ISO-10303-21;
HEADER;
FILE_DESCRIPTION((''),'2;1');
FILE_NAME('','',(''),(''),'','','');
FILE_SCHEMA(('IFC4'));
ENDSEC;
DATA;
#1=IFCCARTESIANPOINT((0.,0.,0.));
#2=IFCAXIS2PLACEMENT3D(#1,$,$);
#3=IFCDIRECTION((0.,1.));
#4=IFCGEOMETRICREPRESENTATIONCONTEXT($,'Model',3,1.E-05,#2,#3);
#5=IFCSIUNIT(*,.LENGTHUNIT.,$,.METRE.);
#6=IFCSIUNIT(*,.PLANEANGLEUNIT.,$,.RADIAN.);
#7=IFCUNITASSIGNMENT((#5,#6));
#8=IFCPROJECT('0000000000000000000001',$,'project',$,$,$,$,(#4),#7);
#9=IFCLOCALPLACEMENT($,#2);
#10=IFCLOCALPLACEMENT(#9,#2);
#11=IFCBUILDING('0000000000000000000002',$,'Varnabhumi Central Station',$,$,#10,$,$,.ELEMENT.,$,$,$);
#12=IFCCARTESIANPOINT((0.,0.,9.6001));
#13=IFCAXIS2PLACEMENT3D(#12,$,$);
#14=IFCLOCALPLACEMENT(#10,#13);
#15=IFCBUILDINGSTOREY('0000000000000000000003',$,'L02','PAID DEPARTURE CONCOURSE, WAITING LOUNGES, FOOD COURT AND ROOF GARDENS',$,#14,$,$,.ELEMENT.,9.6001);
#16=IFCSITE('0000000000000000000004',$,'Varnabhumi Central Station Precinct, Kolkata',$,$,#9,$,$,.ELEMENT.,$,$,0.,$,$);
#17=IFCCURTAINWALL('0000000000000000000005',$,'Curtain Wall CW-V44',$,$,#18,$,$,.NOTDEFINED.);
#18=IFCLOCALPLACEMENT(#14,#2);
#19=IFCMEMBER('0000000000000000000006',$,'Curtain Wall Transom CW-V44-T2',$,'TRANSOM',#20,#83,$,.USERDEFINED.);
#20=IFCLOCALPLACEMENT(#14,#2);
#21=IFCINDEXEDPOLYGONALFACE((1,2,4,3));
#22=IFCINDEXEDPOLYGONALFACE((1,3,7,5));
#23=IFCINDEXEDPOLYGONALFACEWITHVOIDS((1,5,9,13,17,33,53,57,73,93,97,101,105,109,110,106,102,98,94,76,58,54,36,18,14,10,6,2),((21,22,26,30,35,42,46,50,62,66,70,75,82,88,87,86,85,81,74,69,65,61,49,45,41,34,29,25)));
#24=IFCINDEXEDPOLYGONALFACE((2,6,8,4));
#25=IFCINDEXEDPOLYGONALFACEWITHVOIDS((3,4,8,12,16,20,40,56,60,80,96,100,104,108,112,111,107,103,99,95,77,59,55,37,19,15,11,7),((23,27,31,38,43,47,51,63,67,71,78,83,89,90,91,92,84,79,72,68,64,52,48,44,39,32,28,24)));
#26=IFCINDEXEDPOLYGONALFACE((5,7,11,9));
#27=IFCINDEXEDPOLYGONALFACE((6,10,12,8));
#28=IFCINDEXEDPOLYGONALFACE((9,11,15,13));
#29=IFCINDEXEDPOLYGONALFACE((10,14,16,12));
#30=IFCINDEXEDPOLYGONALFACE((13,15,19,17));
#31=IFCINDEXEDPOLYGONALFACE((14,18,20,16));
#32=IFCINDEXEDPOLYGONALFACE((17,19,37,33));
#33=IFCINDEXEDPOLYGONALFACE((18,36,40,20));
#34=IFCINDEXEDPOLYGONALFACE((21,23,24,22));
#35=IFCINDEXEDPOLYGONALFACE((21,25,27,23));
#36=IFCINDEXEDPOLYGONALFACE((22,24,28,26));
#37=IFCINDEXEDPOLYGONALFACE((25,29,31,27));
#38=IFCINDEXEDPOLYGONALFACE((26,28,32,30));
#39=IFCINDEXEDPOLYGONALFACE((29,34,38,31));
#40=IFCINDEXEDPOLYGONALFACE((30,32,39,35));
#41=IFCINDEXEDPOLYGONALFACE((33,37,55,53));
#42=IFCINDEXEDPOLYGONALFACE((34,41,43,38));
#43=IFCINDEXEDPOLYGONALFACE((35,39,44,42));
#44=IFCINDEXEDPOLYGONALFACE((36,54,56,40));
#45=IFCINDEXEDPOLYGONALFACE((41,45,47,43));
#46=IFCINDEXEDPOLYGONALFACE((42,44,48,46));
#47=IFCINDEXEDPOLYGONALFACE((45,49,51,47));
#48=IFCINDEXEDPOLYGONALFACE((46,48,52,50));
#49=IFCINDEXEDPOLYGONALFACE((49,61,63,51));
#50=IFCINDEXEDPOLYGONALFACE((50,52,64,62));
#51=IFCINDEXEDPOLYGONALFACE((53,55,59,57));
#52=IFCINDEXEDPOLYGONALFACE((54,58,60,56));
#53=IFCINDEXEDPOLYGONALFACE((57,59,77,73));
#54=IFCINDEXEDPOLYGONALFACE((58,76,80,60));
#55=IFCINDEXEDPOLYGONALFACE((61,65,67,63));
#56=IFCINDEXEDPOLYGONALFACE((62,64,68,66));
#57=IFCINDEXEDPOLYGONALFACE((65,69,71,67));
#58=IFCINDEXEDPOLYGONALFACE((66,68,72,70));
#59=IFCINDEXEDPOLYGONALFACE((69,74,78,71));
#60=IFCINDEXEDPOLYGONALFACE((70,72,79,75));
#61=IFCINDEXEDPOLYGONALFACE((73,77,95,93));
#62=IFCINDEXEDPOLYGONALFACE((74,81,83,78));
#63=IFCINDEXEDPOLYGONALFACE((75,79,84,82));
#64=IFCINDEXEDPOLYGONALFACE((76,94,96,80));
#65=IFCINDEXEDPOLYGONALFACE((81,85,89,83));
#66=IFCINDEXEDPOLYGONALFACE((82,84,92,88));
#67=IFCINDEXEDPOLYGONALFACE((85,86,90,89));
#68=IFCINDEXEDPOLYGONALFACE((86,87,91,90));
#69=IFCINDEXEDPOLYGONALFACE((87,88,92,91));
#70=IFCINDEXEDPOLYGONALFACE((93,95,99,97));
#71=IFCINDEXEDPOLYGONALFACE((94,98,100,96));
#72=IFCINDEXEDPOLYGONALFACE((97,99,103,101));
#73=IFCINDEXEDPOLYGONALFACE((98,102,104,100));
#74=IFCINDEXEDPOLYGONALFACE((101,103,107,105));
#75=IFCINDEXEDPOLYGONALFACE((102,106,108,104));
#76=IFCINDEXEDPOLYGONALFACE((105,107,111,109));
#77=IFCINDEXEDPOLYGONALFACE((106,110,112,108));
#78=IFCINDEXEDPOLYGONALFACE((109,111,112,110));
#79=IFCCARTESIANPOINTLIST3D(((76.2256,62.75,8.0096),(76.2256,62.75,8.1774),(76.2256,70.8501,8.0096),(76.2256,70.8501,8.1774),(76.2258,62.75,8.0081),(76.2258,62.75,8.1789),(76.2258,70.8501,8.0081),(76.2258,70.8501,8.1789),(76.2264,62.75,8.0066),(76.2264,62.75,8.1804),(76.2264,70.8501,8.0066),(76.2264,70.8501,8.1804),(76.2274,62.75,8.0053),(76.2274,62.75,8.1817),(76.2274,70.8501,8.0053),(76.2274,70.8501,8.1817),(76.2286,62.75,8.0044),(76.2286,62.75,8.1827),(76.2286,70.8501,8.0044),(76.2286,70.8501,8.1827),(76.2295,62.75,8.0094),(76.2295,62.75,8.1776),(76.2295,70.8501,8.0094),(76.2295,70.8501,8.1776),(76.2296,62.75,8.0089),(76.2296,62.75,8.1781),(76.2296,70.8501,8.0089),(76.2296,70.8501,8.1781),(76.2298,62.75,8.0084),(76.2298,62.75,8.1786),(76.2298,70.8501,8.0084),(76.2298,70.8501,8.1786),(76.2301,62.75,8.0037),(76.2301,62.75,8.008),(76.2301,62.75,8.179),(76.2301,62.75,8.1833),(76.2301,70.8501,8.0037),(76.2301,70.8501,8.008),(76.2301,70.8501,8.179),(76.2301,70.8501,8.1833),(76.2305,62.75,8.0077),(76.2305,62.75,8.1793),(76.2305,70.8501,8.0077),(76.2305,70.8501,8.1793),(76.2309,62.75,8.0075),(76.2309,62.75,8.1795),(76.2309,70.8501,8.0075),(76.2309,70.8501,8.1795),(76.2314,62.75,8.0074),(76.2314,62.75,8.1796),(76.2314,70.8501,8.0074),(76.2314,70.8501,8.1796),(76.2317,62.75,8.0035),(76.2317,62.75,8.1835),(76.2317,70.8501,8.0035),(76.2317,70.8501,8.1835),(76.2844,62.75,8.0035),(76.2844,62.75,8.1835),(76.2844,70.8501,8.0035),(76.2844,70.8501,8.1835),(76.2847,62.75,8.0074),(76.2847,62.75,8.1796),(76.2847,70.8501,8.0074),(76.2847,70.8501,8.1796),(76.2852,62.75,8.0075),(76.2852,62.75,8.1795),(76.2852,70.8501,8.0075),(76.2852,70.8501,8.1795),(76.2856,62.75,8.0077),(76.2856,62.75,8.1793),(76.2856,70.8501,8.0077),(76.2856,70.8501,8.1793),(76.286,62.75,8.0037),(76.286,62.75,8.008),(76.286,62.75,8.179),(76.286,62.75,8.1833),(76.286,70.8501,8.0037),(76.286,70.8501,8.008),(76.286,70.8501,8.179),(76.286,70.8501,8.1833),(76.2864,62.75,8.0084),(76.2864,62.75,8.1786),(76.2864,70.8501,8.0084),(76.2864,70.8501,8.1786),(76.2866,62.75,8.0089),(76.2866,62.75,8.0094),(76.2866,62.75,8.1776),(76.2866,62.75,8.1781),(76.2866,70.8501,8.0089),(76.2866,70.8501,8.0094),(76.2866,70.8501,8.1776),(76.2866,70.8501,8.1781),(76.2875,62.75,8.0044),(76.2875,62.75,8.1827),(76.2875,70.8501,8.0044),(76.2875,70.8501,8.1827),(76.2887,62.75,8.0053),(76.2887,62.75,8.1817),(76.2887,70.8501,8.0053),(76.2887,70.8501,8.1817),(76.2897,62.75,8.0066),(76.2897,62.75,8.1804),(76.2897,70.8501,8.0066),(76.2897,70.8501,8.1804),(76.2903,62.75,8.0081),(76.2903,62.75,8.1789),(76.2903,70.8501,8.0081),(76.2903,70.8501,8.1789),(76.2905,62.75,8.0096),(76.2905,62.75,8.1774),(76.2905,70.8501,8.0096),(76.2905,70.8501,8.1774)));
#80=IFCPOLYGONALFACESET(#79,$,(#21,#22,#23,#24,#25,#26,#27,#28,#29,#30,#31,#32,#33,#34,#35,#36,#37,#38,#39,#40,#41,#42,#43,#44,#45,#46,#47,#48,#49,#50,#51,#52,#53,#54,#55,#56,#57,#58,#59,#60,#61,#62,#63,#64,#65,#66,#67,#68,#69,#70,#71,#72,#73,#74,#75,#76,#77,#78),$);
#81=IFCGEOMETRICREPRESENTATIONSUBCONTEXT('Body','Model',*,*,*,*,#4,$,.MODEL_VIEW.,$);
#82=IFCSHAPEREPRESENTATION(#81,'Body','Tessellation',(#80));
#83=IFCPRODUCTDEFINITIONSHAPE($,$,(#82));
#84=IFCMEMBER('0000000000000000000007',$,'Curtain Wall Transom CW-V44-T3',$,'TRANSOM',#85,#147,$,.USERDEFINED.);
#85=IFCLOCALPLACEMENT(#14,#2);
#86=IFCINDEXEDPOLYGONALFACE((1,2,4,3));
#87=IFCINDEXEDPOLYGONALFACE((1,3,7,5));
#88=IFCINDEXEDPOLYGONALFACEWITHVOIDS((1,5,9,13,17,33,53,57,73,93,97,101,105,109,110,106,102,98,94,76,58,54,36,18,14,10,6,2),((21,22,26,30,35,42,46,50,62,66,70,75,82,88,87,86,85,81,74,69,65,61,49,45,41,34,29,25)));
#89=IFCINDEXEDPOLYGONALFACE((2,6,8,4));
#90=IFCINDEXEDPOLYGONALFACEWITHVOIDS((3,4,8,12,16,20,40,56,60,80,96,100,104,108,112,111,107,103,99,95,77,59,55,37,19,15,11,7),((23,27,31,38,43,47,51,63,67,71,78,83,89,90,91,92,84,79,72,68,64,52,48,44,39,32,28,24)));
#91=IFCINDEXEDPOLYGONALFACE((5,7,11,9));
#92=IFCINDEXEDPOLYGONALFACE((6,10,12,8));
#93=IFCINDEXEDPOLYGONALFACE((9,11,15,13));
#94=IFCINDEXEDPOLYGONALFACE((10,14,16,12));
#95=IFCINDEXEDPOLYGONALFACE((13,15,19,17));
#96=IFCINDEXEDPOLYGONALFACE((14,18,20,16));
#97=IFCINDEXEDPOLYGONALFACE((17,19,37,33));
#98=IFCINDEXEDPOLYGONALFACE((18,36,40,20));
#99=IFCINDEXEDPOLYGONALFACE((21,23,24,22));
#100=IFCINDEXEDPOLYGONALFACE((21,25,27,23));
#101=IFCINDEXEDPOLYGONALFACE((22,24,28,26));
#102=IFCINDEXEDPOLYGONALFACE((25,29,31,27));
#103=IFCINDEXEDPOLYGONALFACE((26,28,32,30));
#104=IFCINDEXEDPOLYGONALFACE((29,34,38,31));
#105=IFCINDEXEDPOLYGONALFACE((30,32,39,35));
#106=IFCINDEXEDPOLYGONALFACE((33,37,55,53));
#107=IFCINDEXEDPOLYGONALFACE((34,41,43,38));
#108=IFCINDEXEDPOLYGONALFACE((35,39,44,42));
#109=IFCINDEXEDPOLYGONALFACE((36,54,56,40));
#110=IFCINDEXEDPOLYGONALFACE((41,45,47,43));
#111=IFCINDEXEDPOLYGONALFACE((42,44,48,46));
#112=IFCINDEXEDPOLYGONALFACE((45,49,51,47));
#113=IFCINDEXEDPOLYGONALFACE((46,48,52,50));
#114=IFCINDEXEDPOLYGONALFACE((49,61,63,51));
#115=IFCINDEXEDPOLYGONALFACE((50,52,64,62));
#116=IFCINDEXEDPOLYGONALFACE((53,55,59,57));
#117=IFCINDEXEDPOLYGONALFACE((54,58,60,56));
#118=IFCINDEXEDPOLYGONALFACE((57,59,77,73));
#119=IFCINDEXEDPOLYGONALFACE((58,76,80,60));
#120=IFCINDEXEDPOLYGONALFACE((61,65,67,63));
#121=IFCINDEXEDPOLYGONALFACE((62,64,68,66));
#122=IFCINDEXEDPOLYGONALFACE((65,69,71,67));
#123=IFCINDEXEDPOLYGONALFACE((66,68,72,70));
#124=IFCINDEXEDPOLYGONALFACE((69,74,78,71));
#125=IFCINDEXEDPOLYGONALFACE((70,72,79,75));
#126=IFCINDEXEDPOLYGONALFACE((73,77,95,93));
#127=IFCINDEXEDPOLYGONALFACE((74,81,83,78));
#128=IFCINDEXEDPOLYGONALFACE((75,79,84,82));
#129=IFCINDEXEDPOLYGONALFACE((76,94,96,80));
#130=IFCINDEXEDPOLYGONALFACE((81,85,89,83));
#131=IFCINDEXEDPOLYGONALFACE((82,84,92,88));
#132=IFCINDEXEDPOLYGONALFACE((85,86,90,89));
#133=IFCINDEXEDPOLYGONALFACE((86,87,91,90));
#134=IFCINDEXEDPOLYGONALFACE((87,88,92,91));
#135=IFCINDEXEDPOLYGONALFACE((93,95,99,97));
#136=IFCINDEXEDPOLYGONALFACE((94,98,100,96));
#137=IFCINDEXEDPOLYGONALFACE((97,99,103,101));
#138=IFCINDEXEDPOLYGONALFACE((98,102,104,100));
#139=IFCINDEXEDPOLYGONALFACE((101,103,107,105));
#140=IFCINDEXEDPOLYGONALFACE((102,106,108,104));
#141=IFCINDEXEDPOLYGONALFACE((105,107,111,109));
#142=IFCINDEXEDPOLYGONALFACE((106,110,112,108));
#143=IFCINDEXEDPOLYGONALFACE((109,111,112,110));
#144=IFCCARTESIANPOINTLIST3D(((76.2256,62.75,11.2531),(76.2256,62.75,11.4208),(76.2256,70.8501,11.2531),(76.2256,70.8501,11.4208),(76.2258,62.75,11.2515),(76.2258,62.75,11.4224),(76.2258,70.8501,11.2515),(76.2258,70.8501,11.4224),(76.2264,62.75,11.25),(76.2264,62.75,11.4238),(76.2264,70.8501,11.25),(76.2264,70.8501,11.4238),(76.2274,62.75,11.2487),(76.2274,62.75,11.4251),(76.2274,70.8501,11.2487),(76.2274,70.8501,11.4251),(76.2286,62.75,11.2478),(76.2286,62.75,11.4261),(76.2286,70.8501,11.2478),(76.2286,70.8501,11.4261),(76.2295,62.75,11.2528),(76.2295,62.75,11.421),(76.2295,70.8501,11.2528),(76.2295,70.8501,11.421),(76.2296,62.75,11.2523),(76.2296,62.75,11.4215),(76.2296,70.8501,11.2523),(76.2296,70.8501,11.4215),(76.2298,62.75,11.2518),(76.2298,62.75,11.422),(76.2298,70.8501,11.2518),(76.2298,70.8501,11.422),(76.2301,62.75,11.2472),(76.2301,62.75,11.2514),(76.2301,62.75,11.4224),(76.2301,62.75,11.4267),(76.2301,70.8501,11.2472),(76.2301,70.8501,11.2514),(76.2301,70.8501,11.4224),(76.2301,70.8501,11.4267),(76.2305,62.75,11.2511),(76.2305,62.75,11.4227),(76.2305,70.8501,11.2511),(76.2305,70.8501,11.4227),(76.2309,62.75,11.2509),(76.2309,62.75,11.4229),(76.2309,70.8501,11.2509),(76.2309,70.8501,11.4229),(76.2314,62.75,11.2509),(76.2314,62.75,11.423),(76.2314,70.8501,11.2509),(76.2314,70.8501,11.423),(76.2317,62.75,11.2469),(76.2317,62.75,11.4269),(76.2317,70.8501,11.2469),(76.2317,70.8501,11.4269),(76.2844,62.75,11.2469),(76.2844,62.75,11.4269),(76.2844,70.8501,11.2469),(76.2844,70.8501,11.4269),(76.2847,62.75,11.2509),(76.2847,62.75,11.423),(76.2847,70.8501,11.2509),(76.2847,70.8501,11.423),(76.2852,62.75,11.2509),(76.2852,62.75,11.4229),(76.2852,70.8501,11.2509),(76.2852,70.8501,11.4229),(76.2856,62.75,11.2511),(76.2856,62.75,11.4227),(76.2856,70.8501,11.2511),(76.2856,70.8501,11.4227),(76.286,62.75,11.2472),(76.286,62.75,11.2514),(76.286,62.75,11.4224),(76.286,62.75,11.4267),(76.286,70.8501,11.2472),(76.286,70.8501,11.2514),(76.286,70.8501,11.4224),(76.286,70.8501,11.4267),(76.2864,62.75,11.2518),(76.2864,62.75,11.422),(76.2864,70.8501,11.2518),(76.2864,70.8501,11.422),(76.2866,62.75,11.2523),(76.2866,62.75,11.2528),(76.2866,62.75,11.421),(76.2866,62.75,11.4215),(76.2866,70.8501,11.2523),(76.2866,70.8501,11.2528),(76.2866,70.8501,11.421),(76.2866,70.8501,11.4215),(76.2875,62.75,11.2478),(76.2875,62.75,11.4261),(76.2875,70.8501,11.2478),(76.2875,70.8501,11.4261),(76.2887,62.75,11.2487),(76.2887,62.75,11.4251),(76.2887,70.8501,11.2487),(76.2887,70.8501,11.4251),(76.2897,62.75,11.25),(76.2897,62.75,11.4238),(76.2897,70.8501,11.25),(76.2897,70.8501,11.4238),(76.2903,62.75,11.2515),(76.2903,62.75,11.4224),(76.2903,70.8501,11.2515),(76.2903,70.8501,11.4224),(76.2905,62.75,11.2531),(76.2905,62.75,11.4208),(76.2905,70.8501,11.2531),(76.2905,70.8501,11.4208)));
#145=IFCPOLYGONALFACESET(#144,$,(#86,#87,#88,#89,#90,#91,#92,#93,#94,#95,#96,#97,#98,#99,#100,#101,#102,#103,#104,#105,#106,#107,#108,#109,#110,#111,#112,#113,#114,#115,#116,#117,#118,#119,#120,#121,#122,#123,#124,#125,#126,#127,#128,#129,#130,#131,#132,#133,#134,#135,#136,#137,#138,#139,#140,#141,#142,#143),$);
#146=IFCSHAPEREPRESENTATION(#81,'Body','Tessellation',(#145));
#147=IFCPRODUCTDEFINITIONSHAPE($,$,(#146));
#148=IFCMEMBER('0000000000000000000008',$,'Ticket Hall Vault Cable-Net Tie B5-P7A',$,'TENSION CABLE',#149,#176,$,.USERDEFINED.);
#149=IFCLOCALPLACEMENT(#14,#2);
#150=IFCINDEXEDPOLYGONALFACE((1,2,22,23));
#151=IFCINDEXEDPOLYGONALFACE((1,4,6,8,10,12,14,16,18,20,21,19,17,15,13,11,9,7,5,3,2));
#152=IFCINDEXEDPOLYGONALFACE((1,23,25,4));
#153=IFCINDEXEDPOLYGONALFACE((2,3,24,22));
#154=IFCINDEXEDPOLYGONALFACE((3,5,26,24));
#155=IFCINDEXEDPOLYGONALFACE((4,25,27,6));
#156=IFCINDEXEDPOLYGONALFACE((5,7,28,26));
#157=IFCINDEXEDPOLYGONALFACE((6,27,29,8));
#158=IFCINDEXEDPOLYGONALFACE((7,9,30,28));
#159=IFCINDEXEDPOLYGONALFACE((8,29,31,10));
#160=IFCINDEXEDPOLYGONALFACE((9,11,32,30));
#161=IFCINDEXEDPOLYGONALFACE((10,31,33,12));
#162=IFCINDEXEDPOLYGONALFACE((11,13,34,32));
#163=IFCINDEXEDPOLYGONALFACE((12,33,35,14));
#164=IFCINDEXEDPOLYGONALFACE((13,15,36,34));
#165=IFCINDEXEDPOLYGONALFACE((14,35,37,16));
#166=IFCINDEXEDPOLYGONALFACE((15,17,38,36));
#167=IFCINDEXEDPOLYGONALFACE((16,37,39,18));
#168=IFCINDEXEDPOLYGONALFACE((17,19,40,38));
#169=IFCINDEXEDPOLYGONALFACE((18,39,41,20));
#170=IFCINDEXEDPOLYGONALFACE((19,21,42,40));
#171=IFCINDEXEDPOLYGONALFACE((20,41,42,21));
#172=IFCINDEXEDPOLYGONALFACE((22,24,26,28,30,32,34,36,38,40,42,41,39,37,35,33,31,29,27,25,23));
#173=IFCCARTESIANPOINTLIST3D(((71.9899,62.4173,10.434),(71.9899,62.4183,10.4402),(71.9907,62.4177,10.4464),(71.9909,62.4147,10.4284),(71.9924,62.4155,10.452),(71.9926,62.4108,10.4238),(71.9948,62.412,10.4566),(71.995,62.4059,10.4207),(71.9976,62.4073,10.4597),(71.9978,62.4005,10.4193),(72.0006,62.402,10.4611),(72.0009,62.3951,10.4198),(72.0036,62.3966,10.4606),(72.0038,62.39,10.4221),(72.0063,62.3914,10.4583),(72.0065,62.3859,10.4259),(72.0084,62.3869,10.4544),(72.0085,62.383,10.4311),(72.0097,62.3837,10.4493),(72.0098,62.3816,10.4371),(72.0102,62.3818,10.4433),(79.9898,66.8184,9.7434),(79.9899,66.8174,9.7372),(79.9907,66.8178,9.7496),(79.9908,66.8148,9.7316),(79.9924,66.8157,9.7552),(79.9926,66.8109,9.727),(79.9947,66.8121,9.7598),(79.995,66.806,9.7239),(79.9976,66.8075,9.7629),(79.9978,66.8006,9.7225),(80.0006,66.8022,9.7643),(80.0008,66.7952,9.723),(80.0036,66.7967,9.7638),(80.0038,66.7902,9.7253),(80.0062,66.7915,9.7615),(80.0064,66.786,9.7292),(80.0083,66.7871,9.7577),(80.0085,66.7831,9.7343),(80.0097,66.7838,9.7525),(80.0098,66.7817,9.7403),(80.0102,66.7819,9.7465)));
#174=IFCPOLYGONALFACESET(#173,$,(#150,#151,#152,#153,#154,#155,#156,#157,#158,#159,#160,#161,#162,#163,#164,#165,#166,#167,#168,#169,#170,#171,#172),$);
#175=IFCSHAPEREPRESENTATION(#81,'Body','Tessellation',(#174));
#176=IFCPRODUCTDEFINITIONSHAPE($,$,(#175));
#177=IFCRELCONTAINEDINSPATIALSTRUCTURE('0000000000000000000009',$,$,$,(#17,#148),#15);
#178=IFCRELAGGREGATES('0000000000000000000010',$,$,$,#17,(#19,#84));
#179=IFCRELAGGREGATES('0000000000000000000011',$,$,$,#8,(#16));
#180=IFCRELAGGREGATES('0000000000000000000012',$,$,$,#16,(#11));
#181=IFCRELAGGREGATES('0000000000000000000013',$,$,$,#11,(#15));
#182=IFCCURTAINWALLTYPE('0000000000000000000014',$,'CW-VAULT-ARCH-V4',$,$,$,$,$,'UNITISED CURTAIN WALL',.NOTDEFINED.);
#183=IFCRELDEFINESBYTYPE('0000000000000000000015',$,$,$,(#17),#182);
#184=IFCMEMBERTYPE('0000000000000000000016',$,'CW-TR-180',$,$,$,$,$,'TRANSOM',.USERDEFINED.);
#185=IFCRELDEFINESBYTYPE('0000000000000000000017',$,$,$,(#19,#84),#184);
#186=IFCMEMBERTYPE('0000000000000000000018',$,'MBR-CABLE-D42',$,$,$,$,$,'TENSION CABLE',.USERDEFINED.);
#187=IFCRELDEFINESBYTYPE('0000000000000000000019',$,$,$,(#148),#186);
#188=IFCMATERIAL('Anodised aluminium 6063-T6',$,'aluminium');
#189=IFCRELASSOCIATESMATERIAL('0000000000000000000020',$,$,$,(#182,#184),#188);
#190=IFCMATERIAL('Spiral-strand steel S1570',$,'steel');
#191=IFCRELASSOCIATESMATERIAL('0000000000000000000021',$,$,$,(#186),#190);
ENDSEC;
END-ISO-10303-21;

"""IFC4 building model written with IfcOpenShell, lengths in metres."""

from ifc_helpers import new_model, si_unit, direction, frame, origin, origin_2d, place, context, subcontext, project, spatial, hollow_rectangle, circle, extrude, material, material_profile, profile_set, type_object, element, aggregate, save


model = new_model("IFC4")

# Units and contexts
model_context = context("Model", 3, precision=1e-05, world=origin(), true_north=direction((0.0, 1.0)))
body_context = subcontext(model_context, "Body", "Model", "MODEL_VIEW")
ifc_project = project(units=[si_unit("LENGTHUNIT", "METRE"), si_unit("PLANEANGLEUNIT", "RADIAN")], contexts=[model_context])

# Site, building, storey
site_placement = place(None, origin())
site = spatial("IfcSite", under=ifc_project, at=site_placement, Name="Varnabhumi Central Station Precinct, Kolkata", CompositionType="ELEMENT", RefElevation=0.0)
building_placement = place(site_placement, origin())
building = spatial("IfcBuilding", under=site, at=building_placement, Name="Varnabhumi Central Station", CompositionType="ELEMENT")
storey_placement = place(building_placement, frame((0.0, 0.0, 9.6001)))
storey = spatial("IfcBuildingStorey", under=building, at=storey_placement, Name="L02", Description="PAID DEPARTURE CONCOURSE, WAITING LOUNGES, FOOD COURT AND ROOF GARDENS", CompositionType="ELEMENT", Elevation=9.6001)

# Curtain wall, members
ifc_material_1 = material(Name="Anodised aluminium 6063-T6", Category="aluminium")
curtain_wall_type = type_object("IfcCurtainWallType", Name="CW-VAULT-ARCH-V4", ElementType="UNITISED CURTAIN WALL", PredefinedType="NOTDEFINED", material=ifc_material_1)
curtain_wall_1_placement = place(storey_placement, origin())
curtain_wall_1 = element("IfcCurtainWall", 1, at=curtain_wall_1_placement, inside=storey, type_object=curtain_wall_type, Name="Curtain Wall CW-V44", PredefinedType="NOTDEFINED")
ifc_material_profile_1 = material_profile(ifc_material_1, hollow_rectangle(XDim=0.0649, YDim=0.1799, WallThickness=0.0039, InnerFilletRadius=0.002, OuterFilletRadius=0.0061, at=origin_2d()), Name="Anodised aluminium 6063-T6", Category="aluminium")
ifc_profile_set_1 = profile_set([ifc_material_profile_1], Name="Anodised aluminium 6063-T6")
member_type_1 = type_object("IfcMemberType", Name="CW-TR-180", ElementType="TRANSOM", PredefinedType="USERDEFINED", material=ifc_profile_set_1)
member_1_placement = place(storey_placement, frame((76.2581, 62.75, 8.0935), z_axis=(0.0, 1.0, 0.0), x_axis=(-1.0, 0.0, 0.0)))
member_1 = element("IfcMember", 2, at=member_1_placement, type_object=member_type_1, Name="Curtain Wall Transom CW-V44-T2", ObjectType="TRANSOM", PredefinedType="USERDEFINED", context=body_context, shape_type="SweptSolid", body=[
    extrude(hollow_rectangle(XDim=0.0649, YDim=0.1799, WallThickness=0.0039, InnerFilletRadius=0.002, OuterFilletRadius=0.0061, at=origin_2d()), origin(), (0.0, 0.0, 1.0), 8.1001),
])
member_2_placement = place(storey_placement, frame((76.2581, 62.75, 11.3369), z_axis=(0.0, 1.0, 0.0), x_axis=(-1.0, 0.0, 0.0)))
member_2 = element("IfcMember", 3, at=member_2_placement, type_object=member_type_1, Name="Curtain Wall Transom CW-V44-T3", ObjectType="TRANSOM", PredefinedType="USERDEFINED", context=body_context, shape_type="SweptSolid", body=[
    extrude(hollow_rectangle(XDim=0.0649, YDim=0.1799, WallThickness=0.0039, InnerFilletRadius=0.002, OuterFilletRadius=0.0061, at=origin_2d()), origin(), (0.0, 0.0, 1.0), 8.1001),
])

# Member
ifc_material_2 = material(Name="Spiral-strand steel S1570", Category="steel")
ifc_material_profile_2 = material_profile(ifc_material_2, circle(Radius=0.021, at=origin_2d()), Name="Spiral-strand steel S1570", Category="steel")
ifc_profile_set_2 = profile_set([ifc_material_profile_2], Name="Spiral-strand steel S1570")
member_type_2 = type_object("IfcMemberType", Name="MBR-CABLE-D42", ElementType="TENSION CABLE", PredefinedType="USERDEFINED", material=ifc_profile_set_2)
member_3_placement = place(storey_placement, frame((72.0, 62.3999, 10.4402), z_axis=(0.873669, 0.480534, -0.076094), x_axis=(-0.481931, 0.876209, 0.0)))
element("IfcMember", 4, at=member_3_placement, inside=storey, type_object=member_type_2, Name="Ticket Hall Vault Cable-Net Tie B5-P7A", ObjectType="TENSION CABLE", PredefinedType="USERDEFINED", context=body_context, shape_type="SweptSolid", body=[
    extrude(circle(Radius=0.021, at=origin_2d()), origin(), (0.0, 0.0, 1.0), 9.1567),
])

aggregate(curtain_wall_1, [member_1, member_2])

save(model, "model.ifc")
